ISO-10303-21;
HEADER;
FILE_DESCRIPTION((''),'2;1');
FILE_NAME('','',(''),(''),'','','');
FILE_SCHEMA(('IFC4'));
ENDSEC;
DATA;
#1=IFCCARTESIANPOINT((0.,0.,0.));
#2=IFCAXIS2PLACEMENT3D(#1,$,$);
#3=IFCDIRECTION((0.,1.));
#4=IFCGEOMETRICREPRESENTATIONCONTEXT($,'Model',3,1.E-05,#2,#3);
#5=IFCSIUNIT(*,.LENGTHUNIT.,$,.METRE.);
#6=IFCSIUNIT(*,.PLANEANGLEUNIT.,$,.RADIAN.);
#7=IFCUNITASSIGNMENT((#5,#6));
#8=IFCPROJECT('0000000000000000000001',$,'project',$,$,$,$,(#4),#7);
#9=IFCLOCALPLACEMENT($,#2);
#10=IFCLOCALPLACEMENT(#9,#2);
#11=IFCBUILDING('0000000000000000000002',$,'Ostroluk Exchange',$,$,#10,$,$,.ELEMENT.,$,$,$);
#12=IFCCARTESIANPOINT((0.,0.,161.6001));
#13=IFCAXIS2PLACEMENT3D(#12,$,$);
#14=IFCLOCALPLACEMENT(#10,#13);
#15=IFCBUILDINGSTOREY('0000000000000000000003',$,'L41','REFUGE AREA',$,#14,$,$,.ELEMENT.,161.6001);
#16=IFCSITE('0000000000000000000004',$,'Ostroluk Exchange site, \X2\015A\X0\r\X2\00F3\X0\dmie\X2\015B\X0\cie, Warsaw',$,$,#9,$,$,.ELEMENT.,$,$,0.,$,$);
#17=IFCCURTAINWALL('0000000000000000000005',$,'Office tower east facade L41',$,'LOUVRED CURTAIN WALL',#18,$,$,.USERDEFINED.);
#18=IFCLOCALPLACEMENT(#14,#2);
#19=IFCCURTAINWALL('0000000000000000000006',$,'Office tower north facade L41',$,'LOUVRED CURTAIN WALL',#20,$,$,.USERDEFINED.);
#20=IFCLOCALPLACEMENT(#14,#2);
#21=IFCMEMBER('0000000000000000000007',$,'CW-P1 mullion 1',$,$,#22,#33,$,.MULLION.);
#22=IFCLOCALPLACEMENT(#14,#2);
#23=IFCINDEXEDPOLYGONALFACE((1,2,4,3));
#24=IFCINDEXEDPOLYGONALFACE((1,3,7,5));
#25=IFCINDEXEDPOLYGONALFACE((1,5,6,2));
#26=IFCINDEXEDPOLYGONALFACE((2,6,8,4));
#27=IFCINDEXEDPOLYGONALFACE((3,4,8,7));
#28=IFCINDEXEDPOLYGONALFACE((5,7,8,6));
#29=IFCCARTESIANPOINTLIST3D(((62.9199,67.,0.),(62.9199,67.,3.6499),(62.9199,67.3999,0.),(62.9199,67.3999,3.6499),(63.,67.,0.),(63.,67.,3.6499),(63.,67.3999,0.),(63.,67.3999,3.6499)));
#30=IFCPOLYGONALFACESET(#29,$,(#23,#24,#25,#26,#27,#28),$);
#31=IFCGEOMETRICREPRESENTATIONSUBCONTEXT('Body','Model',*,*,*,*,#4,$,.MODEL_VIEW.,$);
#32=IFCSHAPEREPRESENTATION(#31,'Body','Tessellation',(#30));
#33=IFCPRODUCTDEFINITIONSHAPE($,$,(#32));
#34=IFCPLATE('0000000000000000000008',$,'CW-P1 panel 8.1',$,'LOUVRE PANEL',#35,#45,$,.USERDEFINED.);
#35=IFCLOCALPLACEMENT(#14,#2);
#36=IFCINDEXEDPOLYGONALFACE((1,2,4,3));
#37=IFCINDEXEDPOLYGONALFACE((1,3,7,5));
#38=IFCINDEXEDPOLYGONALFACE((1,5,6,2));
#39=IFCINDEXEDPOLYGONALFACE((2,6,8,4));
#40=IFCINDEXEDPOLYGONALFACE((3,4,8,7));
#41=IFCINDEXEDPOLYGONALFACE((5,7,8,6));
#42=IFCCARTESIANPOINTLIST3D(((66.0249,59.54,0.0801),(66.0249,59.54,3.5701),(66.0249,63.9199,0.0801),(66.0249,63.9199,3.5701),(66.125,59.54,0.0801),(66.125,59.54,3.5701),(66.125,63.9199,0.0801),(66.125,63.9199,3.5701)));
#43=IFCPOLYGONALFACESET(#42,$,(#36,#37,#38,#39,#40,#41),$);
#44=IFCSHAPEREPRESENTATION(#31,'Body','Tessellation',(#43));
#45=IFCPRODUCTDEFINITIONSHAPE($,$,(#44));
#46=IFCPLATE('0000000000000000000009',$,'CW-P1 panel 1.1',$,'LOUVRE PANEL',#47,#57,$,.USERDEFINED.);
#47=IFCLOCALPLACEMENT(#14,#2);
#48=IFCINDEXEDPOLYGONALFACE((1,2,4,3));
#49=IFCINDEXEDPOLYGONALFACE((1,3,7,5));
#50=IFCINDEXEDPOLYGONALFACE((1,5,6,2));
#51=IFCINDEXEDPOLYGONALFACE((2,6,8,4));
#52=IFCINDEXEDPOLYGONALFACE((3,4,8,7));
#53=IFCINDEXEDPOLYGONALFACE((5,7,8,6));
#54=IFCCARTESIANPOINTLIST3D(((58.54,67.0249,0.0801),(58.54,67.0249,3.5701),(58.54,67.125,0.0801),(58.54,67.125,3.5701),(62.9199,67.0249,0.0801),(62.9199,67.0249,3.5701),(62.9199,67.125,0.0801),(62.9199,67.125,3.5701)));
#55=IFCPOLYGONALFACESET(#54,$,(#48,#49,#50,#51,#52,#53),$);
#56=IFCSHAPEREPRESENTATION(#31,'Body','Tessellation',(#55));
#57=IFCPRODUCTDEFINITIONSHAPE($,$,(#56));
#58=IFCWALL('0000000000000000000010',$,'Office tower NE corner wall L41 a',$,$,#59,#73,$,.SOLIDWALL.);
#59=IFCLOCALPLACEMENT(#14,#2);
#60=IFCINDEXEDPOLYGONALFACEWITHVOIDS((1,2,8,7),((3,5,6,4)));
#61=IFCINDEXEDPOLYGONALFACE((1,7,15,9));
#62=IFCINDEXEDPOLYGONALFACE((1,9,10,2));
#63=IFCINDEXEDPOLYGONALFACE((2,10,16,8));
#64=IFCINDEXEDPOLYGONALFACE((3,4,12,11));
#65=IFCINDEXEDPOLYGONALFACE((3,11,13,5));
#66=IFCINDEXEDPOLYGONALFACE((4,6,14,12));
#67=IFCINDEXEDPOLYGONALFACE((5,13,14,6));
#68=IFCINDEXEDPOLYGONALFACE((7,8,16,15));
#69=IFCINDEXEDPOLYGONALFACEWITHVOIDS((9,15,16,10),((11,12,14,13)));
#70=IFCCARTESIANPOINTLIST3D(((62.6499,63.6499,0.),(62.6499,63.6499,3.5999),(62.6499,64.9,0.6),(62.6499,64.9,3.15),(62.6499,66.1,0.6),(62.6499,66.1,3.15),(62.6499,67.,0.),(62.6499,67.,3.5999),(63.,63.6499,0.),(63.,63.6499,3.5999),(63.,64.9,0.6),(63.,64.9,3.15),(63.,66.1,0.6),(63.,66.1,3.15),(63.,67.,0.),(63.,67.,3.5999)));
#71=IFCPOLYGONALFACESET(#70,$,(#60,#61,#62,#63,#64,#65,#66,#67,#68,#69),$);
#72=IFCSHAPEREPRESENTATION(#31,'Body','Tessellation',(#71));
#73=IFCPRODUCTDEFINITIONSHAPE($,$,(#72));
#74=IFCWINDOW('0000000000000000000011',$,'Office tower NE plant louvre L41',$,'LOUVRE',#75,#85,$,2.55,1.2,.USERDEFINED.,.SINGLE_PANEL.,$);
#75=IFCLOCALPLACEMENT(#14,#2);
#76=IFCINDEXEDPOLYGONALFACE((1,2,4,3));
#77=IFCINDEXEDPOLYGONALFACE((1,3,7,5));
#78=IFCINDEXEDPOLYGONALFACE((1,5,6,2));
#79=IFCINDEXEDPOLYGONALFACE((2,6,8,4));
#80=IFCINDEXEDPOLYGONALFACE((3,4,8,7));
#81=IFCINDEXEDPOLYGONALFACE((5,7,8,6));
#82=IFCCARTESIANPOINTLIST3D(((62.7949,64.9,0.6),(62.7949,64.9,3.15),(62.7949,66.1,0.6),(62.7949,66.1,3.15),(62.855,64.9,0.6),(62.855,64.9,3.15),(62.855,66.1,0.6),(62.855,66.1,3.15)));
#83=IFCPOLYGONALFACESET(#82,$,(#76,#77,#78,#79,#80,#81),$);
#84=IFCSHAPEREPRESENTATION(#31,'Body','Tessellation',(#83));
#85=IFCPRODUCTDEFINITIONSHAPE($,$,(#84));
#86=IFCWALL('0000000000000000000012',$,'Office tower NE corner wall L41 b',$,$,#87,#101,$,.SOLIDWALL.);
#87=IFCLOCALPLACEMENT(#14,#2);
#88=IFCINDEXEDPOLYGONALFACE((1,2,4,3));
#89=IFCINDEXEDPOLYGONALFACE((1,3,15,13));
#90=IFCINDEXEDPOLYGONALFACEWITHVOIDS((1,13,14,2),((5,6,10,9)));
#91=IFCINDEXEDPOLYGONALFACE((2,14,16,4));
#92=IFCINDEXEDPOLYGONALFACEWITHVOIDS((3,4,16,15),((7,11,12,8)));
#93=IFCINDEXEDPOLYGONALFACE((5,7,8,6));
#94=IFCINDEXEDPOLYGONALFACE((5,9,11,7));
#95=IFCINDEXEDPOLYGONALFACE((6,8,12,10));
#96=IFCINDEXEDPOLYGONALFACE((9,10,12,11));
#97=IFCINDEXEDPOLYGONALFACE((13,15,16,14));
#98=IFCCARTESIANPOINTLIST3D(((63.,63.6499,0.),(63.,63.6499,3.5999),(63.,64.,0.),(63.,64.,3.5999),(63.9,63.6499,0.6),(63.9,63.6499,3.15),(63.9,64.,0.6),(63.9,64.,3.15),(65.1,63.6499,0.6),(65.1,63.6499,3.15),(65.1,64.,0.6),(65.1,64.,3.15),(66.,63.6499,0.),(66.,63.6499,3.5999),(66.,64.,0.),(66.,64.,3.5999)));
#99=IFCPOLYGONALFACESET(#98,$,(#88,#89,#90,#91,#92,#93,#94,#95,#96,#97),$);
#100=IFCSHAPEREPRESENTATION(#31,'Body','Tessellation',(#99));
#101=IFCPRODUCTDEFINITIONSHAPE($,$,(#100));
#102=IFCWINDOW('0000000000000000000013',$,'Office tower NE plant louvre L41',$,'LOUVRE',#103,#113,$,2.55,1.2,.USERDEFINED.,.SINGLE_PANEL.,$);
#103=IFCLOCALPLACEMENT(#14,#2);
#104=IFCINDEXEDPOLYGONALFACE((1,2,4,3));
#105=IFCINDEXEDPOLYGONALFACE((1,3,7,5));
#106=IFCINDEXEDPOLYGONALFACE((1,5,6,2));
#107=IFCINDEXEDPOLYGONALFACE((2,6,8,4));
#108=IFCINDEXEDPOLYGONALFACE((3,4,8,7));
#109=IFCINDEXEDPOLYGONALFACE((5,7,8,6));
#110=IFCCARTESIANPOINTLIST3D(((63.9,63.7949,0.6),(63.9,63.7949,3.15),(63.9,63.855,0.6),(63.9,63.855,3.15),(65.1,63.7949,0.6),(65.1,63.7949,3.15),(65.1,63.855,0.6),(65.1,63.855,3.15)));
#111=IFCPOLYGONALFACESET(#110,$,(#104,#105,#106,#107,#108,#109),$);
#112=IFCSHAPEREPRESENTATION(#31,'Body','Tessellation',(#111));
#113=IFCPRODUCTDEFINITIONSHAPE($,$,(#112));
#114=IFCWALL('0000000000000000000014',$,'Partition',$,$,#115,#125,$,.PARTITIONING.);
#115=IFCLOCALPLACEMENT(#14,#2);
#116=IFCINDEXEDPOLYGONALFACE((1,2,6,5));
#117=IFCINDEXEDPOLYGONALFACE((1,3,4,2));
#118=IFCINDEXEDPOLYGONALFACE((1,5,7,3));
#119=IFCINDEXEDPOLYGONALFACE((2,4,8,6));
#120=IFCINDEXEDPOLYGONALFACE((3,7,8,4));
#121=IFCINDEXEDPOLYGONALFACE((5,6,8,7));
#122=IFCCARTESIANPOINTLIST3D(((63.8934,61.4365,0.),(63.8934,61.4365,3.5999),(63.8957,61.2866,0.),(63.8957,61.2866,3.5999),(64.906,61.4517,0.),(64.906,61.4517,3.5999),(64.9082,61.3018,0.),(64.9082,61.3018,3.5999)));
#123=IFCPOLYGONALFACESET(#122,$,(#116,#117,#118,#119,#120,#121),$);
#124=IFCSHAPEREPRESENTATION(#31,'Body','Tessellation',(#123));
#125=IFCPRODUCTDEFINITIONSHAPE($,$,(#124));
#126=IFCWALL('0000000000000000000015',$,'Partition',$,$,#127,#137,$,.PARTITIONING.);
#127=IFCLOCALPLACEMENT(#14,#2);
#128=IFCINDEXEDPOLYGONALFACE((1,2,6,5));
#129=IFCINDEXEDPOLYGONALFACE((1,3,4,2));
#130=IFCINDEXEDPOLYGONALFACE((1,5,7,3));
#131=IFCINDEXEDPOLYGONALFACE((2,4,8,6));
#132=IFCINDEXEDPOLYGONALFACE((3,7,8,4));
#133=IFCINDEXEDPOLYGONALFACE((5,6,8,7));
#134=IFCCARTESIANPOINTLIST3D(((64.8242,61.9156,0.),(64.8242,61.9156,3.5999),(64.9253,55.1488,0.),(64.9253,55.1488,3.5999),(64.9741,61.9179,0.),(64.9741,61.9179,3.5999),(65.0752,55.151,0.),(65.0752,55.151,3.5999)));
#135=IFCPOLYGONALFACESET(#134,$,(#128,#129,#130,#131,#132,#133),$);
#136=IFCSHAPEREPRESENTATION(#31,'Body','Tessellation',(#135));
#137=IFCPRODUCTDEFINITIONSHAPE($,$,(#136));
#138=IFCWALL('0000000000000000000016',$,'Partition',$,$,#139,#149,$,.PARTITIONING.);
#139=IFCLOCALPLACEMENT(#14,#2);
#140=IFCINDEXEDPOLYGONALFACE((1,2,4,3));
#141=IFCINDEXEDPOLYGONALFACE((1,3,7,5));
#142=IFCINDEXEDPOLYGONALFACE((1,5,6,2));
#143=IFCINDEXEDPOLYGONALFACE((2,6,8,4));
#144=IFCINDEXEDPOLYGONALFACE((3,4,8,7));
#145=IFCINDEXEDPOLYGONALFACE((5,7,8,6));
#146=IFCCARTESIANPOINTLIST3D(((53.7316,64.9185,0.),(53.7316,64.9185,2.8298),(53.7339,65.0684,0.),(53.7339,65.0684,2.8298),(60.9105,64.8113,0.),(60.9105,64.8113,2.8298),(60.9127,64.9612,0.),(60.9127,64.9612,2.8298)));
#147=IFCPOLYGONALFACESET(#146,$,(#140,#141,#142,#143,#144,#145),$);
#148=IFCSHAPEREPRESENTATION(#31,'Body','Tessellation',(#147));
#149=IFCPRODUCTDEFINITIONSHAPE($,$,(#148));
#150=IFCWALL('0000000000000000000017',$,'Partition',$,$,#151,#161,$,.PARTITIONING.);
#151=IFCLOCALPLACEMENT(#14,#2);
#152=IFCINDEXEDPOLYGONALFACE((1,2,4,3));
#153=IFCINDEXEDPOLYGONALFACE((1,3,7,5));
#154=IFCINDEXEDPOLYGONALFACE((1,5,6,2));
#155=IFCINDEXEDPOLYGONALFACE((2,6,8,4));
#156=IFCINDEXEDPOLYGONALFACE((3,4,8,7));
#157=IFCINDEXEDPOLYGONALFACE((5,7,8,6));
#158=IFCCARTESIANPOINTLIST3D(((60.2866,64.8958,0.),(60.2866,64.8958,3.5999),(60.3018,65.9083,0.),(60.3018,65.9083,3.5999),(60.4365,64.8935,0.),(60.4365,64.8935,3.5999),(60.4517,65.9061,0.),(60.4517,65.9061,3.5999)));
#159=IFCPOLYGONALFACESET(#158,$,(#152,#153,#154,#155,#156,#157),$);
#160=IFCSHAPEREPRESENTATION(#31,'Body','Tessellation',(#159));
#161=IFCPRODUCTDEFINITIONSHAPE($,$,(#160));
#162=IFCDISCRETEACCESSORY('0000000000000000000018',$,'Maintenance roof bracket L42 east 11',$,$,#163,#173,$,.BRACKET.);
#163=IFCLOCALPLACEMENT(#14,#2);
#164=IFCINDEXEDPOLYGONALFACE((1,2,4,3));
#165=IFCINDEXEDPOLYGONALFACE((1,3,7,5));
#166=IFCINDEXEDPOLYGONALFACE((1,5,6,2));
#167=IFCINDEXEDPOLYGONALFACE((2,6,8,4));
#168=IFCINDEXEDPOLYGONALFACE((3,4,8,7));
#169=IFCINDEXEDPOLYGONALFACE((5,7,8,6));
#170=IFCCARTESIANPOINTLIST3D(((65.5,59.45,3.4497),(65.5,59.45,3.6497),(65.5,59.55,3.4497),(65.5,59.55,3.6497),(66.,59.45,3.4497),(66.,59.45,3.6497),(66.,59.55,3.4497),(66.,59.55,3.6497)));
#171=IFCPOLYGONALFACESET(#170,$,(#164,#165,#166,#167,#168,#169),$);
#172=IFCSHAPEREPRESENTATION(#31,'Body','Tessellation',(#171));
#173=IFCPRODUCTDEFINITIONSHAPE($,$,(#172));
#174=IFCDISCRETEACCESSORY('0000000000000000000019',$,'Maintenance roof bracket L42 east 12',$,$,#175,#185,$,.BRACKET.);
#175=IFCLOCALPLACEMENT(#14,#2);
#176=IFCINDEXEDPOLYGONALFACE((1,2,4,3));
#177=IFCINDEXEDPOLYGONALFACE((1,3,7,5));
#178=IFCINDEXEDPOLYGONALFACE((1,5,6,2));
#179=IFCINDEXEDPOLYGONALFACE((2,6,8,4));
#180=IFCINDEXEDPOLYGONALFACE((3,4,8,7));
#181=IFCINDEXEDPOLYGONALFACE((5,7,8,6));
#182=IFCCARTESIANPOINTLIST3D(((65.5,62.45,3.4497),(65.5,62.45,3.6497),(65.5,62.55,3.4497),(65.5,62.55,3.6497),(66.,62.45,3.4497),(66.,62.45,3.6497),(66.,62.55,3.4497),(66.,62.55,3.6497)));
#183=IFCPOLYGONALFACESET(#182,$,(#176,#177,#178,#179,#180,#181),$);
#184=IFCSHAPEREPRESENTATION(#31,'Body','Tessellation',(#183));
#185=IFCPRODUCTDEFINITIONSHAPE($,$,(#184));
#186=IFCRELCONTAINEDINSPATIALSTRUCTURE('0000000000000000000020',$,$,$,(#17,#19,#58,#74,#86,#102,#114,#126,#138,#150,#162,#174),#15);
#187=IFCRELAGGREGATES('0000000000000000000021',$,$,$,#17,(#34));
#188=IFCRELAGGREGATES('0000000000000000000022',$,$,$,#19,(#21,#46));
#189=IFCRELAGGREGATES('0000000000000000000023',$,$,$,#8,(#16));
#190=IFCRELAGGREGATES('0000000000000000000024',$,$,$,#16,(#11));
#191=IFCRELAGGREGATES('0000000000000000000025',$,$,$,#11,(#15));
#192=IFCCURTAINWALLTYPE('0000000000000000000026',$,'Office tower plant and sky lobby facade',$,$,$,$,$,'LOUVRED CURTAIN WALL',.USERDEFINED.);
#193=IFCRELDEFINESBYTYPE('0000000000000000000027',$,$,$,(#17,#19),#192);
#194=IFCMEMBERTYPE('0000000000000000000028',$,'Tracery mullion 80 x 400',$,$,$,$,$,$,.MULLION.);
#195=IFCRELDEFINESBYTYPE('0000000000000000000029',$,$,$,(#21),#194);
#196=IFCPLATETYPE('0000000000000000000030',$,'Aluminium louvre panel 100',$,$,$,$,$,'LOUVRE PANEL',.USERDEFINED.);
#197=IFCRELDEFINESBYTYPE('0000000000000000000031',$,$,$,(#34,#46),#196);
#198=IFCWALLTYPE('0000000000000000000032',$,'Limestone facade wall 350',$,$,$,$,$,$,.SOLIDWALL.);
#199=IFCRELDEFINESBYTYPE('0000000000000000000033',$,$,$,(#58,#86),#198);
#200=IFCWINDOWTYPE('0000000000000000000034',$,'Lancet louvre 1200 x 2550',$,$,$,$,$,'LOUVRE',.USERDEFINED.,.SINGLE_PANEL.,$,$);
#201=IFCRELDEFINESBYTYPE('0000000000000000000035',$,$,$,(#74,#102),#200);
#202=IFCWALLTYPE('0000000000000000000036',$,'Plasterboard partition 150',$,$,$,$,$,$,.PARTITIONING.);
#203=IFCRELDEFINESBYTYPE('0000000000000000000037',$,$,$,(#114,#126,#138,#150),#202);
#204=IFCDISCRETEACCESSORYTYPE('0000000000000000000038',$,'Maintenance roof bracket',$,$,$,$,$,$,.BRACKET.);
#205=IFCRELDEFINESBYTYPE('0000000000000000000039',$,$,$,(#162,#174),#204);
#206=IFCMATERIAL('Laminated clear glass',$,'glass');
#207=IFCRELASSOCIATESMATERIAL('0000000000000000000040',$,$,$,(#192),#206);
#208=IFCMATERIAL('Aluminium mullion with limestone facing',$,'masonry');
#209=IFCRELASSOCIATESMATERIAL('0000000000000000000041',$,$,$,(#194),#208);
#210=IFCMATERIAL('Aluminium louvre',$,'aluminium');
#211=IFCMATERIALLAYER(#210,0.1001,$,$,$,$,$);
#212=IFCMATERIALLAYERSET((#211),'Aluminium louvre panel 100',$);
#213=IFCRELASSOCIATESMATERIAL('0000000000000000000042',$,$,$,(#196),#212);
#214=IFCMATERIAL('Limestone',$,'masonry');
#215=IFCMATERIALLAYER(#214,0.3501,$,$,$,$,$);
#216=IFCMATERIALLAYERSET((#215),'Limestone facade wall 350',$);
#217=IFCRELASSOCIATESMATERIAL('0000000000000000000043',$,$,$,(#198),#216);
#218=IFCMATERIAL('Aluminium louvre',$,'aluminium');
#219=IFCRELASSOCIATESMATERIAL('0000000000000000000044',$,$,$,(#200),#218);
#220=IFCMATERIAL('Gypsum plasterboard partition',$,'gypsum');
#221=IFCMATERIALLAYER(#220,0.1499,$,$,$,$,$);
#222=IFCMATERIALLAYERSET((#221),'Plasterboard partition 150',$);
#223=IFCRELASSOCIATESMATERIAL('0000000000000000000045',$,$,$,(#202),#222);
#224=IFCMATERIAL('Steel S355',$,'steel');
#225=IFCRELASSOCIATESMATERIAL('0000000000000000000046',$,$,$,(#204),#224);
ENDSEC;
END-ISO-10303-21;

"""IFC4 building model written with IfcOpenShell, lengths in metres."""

from ifc_helpers import new_model, si_unit, direction, frame, frame_2d, origin, origin_2d, place, context, subcontext, project, spatial, rectangle, extrude, material, layer, layer_set, material_profile, profile_set, type_object, element, fill, aggregate, save


model = new_model("IFC4")

# Units and contexts
model_context = context("Model", 3, precision=1e-05, world=origin(), true_north=direction((0.0, 1.0)))
body_context = subcontext(model_context, "Body", "Model", "MODEL_VIEW")
ifc_project = project(units=[si_unit("LENGTHUNIT", "METRE"), si_unit("PLANEANGLEUNIT", "RADIAN")], contexts=[model_context])

# Site, building, storey
site_placement = place(None, origin())
site = spatial("IfcSite", under=ifc_project, at=site_placement, Name="Ostroluk Exchange site, Śródmieście, Warsaw", CompositionType="ELEMENT", RefElevation=0.0)
building_placement = place(site_placement, origin())
building = spatial("IfcBuilding", under=site, at=building_placement, Name="Ostroluk Exchange", CompositionType="ELEMENT")
storey_placement = place(building_placement, frame((0.0, 0.0, 161.6001)))
storey = spatial("IfcBuildingStorey", under=building, at=storey_placement, Name="L41", Description="REFUGE AREA", CompositionType="ELEMENT", Elevation=161.6001)

# Curtain walls
ifc_material_1 = material(Name="Laminated clear glass", Category="glass")
curtain_wall_type = type_object("IfcCurtainWallType", Name="Office tower plant and sky lobby facade", ElementType="LOUVRED CURTAIN WALL", PredefinedType="USERDEFINED", material=ifc_material_1)
curtain_wall_1_placement = place(storey_placement, origin())
curtain_wall_1 = element("IfcCurtainWall", 1, at=curtain_wall_1_placement, inside=storey, type_object=curtain_wall_type, Name="Office tower east facade L41", ObjectType="LOUVRED CURTAIN WALL", PredefinedType="USERDEFINED")
curtain_wall_2_placement = place(storey_placement, origin())
curtain_wall_2 = element("IfcCurtainWall", 2, at=curtain_wall_2_placement, inside=storey, type_object=curtain_wall_type, Name="Office tower north facade L41", ObjectType="LOUVRED CURTAIN WALL", PredefinedType="USERDEFINED")

# Member
ifc_material_2 = material(Name="Aluminium mullion with limestone facing", Category="masonry")
ifc_material_profile_1 = material_profile(ifc_material_2, rectangle(XDim=0.3999, YDim=0.0801, at=origin_2d()), Name="Tracery mullion 80 x 400")
ifc_profile_set_1 = profile_set([ifc_material_profile_1], Name="Aluminium mullion with limestone facing")
member_type_1 = type_object("IfcMemberType", Name="Tracery mullion 80 x 400", PredefinedType="MULLION", material=ifc_profile_set_1)
member_1_placement = place(storey_placement, frame((62.96, 67.2, 0.0), z_axis=(0.0, 0.0, 1.0), x_axis=(0.0, -1.0, 0.0)))
member_1 = element("IfcMember", 3, at=member_1_placement, type_object=member_type_1, Name="CW-P1 mullion 1", PredefinedType="MULLION", context=body_context, shape_type="SweptSolid", body=[
    extrude(rectangle(XDim=0.3999, YDim=0.0801, at=origin_2d()), origin(), (0.0, 0.0, 1.0), 3.6499),
])

# Plates
ifc_material_3 = material(Name="Aluminium louvre", Category="aluminium")
ifc_layer_1 = layer(ifc_material_3, 0.1001)
ifc_layer_set_1 = layer_set([ifc_layer_1], Name="Aluminium louvre panel 100")
plate_type = type_object("IfcPlateType", Name="Aluminium louvre panel 100", ElementType="LOUVRE PANEL", PredefinedType="USERDEFINED", material=ifc_layer_set_1)
plate_1_placement = place(storey_placement, frame((66.075, 61.73, 0.0801), z_axis=(0.0, 0.0, 1.0), x_axis=(0.0, 1.0, 0.0)))
plate_1 = element("IfcPlate", 4, at=plate_1_placement, type_object=plate_type, Name="CW-P1 panel 8.1", ObjectType="LOUVRE PANEL", PredefinedType="USERDEFINED", context=body_context, shape_type="SweptSolid", body=[
    extrude(rectangle(XDim=4.3799, YDim=0.1001, at=origin_2d()), origin(), (0.0, 0.0, 1.0), 3.49),
])
aggregate(curtain_wall_1, [plate_1])
plate_2_placement = place(storey_placement, frame((60.73, 67.075, 0.0801), z_axis=(0.0, 0.0, 1.0), x_axis=(-1.0, 0.0, 0.0)))
plate_2 = element("IfcPlate", 5, at=plate_2_placement, type_object=plate_type, Name="CW-P1 panel 1.1", ObjectType="LOUVRE PANEL", PredefinedType="USERDEFINED", context=body_context, shape_type="SweptSolid", body=[
    extrude(rectangle(XDim=4.3799, YDim=0.1001, at=origin_2d()), origin(), (0.0, 0.0, 1.0), 3.49),
])
aggregate(curtain_wall_2, [member_1, plate_2])

# Walls, openings, windows
ifc_material_4 = material(Name="Limestone", Category="masonry")
ifc_layer_2 = layer(ifc_material_4, 0.3501)
ifc_layer_set_2 = layer_set([ifc_layer_2], Name="Limestone facade wall 350")
wall_type_1 = type_object("IfcWallType", Name="Limestone facade wall 350", PredefinedType="SOLIDWALL", material=ifc_layer_set_2)
wall_1_placement = place(storey_placement, frame((62.825, 67.0, 0.0), z_axis=(0.0, 0.0, 1.0), x_axis=(0.0, -1.0, 0.0)))
wall_1 = element("IfcWall", 6, at=wall_1_placement, inside=storey, type_object=wall_type_1, Name="Office tower NE corner wall L41 a", PredefinedType="SOLIDWALL", context=body_context, shape_type="SweptSolid", body=[
    extrude(rectangle(XDim=3.3501, YDim=0.3501, at=frame_2d((1.675, 0.0))), origin(), (0.0, 0.0, 1.0), 3.5999),
])
opening_1_placement = place(wall_1_placement, frame((0.8999, 0.0, 0.6001)))
opening_1 = element("IfcOpeningElement", 7, at=opening_1_placement, cuts=wall_1, PredefinedType="OPENING", context=body_context, shape_type="SweptSolid", body=[
    extrude(rectangle(XDim=1.2, YDim=2.55, at=frame_2d((0.6001, 1.2749))), frame((0.0, 0.1851, 0.0), z_axis=(0.0, -1.0, 0.0), x_axis=(1.0, 0.0, 0.0)), (0.0, 0.0, 1.0), 0.3701),
])
ifc_material_5 = material(Name="Aluminium louvre", Category="aluminium")
window_type = type_object("IfcWindowType", Name="Lancet louvre 1200 x 2550", ElementType="LOUVRE", PartitioningType="SINGLE_PANEL", PredefinedType="USERDEFINED", material=ifc_material_5)
window_1_placement = place(opening_1_placement, origin())
window_1 = element("IfcWindow", 8, at=window_1_placement, inside=storey, type_object=window_type, Name="Office tower NE plant louvre L41", ObjectType="LOUVRE", OverallHeight=2.55, OverallWidth=1.2, PartitioningType="SINGLE_PANEL", PredefinedType="USERDEFINED", context=body_context, shape_type="SweptSolid", body=[
    extrude(rectangle(XDim=1.2, YDim=2.55, at=frame_2d((0.6001, 1.2749))), frame((0.0, 0.03, 0.0), z_axis=(0.0, -1.0, 0.0), x_axis=(1.0, 0.0, 0.0)), (0.0, 0.0, 1.0), 0.0601),
])
fill(opening_1, window_1)
wall_2_placement = place(storey_placement, frame((63.0, 63.825, 0.0), z_axis=(0.0, 0.0, 1.0), x_axis=(1.0, 0.0, 0.0)))
wall_2 = element("IfcWall", 9, at=wall_2_placement, inside=storey, type_object=wall_type_1, Name="Office tower NE corner wall L41 b", PredefinedType="SOLIDWALL", context=body_context, shape_type="SweptSolid", body=[
    extrude(rectangle(XDim=3.0, YDim=0.3501, at=frame_2d((1.5, 0.0))), origin(), (0.0, 0.0, 1.0), 3.5999),
])
opening_2_placement = place(wall_2_placement, frame((0.8999, 0.0, 0.6001)))
opening_2 = element("IfcOpeningElement", 10, at=opening_2_placement, cuts=wall_2, PredefinedType="OPENING", context=body_context, shape_type="SweptSolid", body=[
    extrude(rectangle(XDim=1.2, YDim=2.55, at=frame_2d((0.6001, 1.2749))), frame((0.0, 0.1851, 0.0), z_axis=(0.0, -1.0, 0.0), x_axis=(1.0, 0.0, 0.0)), (0.0, 0.0, 1.0), 0.3701),
])
window_2_placement = place(opening_2_placement, origin())
window_2 = element("IfcWindow", 11, at=window_2_placement, inside=storey, type_object=window_type, Name="Office tower NE plant louvre L41", ObjectType="LOUVRE", OverallHeight=2.55, OverallWidth=1.2, PartitioningType="SINGLE_PANEL", PredefinedType="USERDEFINED", context=body_context, shape_type="SweptSolid", body=[
    extrude(rectangle(XDim=1.2, YDim=2.55, at=frame_2d((0.6001, 1.2749))), frame((0.0, 0.03, 0.0), z_axis=(0.0, -1.0, 0.0), x_axis=(1.0, 0.0, 0.0)), (0.0, 0.0, 1.0), 0.0601),
])
fill(opening_2, window_2)

# Walls
ifc_material_6 = material(Name="Gypsum plasterboard partition", Category="gypsum")
ifc_layer_3 = layer(ifc_material_6, 0.1499)
ifc_layer_set_3 = layer_set([ifc_layer_3], Name="Plasterboard partition 150")
wall_type_2 = type_object("IfcWallType", Name="Plasterboard partition 150", PredefinedType="PARTITIONING", material=ifc_layer_set_3)
wall_3_placement = place(storey_placement, frame((63.8945, 61.3616, 0.0), z_axis=(0.0, 0.0, 1.0), x_axis=(0.999888, 0.014945, 0.0)))
element("IfcWall", 12, at=wall_3_placement, inside=storey, type_object=wall_type_2, Name="Partition", PredefinedType="PARTITIONING", context=body_context, shape_type="SweptSolid", body=[
    extrude(rectangle(XDim=1.0127, YDim=0.1499, at=frame_2d((0.5063, 0.0))), origin(), (0.0, 0.0, 1.0), 3.5999),
])
wall_4_placement = place(storey_placement, frame((64.8992, 61.9167, 0.0), z_axis=(0.0, 0.0, 1.0), x_axis=(0.014935, -0.999888, 0.0)))
element("IfcWall", 13, at=wall_4_placement, inside=storey, type_object=wall_type_2, Name="Partition", PredefinedType="PARTITIONING", context=body_context, shape_type="SweptSolid", body=[
    extrude(rectangle(XDim=6.7676, YDim=0.1499, at=frame_2d((3.3838, 0.0))), origin(), (0.0, 0.0, 1.0), 3.5999),
])
wall_5_placement = place(storey_placement, frame((60.9116, 64.8862, 0.0), z_axis=(0.0, 0.0, 1.0), x_axis=(-0.999889, 0.014928, 0.0)))
element("IfcWall", 14, at=wall_5_placement, inside=storey, type_object=wall_type_2, Name="Partition", PredefinedType="PARTITIONING", context=body_context, shape_type="SweptSolid", body=[
    extrude(rectangle(XDim=7.1797, YDim=0.1499, at=frame_2d((3.5898, 0.0))), origin(), (0.0, 0.0, 1.0), 2.8298),
])
wall_6_placement = place(storey_placement, frame((60.3767, 65.9072, 0.0), z_axis=(0.0, 0.0, 1.0), x_axis=(-0.014945, -0.999888, 0.0)))
element("IfcWall", 15, at=wall_6_placement, inside=storey, type_object=wall_type_2, Name="Partition", PredefinedType="PARTITIONING", context=body_context, shape_type="SweptSolid", body=[
    extrude(rectangle(XDim=1.0127, YDim=0.1499, at=frame_2d((0.5063, 0.0))), origin(), (0.0, 0.0, 1.0), 3.5999),
])

# Discrete accessories
ifc_material_7 = material(Name="Steel S355", Category="steel")
discrete_accessory_type = type_object("IfcDiscreteAccessoryType", Name="Maintenance roof bracket", PredefinedType="BRACKET", material=ifc_material_7)
for number, where, z_axis, x_axis, name in (
    (16, (65.75, 59.5, 3.4497), (0.0, 0.0, 1.0), (1.0, 0.0, 0.0), "Maintenance roof bracket L42 east 11"),
    (17, (65.75, 62.5, 3.4497), (0.0, 0.0, 1.0), (1.0, 0.0, 0.0), "Maintenance roof bracket L42 east 12"),
):
    element("IfcDiscreteAccessory", number, at=place(storey_placement, frame(where, z_axis=z_axis, x_axis=x_axis)), inside=storey, type_object=discrete_accessory_type, Name=name, PredefinedType="BRACKET", context=body_context, shape_type="SweptSolid", body=[
        extrude(rectangle(XDim=0.5, YDim=0.1001, at=origin_2d()), origin(), (0.0, 0.0, 1.0), 0.2),
    ])

save(model, "model.ifc")
